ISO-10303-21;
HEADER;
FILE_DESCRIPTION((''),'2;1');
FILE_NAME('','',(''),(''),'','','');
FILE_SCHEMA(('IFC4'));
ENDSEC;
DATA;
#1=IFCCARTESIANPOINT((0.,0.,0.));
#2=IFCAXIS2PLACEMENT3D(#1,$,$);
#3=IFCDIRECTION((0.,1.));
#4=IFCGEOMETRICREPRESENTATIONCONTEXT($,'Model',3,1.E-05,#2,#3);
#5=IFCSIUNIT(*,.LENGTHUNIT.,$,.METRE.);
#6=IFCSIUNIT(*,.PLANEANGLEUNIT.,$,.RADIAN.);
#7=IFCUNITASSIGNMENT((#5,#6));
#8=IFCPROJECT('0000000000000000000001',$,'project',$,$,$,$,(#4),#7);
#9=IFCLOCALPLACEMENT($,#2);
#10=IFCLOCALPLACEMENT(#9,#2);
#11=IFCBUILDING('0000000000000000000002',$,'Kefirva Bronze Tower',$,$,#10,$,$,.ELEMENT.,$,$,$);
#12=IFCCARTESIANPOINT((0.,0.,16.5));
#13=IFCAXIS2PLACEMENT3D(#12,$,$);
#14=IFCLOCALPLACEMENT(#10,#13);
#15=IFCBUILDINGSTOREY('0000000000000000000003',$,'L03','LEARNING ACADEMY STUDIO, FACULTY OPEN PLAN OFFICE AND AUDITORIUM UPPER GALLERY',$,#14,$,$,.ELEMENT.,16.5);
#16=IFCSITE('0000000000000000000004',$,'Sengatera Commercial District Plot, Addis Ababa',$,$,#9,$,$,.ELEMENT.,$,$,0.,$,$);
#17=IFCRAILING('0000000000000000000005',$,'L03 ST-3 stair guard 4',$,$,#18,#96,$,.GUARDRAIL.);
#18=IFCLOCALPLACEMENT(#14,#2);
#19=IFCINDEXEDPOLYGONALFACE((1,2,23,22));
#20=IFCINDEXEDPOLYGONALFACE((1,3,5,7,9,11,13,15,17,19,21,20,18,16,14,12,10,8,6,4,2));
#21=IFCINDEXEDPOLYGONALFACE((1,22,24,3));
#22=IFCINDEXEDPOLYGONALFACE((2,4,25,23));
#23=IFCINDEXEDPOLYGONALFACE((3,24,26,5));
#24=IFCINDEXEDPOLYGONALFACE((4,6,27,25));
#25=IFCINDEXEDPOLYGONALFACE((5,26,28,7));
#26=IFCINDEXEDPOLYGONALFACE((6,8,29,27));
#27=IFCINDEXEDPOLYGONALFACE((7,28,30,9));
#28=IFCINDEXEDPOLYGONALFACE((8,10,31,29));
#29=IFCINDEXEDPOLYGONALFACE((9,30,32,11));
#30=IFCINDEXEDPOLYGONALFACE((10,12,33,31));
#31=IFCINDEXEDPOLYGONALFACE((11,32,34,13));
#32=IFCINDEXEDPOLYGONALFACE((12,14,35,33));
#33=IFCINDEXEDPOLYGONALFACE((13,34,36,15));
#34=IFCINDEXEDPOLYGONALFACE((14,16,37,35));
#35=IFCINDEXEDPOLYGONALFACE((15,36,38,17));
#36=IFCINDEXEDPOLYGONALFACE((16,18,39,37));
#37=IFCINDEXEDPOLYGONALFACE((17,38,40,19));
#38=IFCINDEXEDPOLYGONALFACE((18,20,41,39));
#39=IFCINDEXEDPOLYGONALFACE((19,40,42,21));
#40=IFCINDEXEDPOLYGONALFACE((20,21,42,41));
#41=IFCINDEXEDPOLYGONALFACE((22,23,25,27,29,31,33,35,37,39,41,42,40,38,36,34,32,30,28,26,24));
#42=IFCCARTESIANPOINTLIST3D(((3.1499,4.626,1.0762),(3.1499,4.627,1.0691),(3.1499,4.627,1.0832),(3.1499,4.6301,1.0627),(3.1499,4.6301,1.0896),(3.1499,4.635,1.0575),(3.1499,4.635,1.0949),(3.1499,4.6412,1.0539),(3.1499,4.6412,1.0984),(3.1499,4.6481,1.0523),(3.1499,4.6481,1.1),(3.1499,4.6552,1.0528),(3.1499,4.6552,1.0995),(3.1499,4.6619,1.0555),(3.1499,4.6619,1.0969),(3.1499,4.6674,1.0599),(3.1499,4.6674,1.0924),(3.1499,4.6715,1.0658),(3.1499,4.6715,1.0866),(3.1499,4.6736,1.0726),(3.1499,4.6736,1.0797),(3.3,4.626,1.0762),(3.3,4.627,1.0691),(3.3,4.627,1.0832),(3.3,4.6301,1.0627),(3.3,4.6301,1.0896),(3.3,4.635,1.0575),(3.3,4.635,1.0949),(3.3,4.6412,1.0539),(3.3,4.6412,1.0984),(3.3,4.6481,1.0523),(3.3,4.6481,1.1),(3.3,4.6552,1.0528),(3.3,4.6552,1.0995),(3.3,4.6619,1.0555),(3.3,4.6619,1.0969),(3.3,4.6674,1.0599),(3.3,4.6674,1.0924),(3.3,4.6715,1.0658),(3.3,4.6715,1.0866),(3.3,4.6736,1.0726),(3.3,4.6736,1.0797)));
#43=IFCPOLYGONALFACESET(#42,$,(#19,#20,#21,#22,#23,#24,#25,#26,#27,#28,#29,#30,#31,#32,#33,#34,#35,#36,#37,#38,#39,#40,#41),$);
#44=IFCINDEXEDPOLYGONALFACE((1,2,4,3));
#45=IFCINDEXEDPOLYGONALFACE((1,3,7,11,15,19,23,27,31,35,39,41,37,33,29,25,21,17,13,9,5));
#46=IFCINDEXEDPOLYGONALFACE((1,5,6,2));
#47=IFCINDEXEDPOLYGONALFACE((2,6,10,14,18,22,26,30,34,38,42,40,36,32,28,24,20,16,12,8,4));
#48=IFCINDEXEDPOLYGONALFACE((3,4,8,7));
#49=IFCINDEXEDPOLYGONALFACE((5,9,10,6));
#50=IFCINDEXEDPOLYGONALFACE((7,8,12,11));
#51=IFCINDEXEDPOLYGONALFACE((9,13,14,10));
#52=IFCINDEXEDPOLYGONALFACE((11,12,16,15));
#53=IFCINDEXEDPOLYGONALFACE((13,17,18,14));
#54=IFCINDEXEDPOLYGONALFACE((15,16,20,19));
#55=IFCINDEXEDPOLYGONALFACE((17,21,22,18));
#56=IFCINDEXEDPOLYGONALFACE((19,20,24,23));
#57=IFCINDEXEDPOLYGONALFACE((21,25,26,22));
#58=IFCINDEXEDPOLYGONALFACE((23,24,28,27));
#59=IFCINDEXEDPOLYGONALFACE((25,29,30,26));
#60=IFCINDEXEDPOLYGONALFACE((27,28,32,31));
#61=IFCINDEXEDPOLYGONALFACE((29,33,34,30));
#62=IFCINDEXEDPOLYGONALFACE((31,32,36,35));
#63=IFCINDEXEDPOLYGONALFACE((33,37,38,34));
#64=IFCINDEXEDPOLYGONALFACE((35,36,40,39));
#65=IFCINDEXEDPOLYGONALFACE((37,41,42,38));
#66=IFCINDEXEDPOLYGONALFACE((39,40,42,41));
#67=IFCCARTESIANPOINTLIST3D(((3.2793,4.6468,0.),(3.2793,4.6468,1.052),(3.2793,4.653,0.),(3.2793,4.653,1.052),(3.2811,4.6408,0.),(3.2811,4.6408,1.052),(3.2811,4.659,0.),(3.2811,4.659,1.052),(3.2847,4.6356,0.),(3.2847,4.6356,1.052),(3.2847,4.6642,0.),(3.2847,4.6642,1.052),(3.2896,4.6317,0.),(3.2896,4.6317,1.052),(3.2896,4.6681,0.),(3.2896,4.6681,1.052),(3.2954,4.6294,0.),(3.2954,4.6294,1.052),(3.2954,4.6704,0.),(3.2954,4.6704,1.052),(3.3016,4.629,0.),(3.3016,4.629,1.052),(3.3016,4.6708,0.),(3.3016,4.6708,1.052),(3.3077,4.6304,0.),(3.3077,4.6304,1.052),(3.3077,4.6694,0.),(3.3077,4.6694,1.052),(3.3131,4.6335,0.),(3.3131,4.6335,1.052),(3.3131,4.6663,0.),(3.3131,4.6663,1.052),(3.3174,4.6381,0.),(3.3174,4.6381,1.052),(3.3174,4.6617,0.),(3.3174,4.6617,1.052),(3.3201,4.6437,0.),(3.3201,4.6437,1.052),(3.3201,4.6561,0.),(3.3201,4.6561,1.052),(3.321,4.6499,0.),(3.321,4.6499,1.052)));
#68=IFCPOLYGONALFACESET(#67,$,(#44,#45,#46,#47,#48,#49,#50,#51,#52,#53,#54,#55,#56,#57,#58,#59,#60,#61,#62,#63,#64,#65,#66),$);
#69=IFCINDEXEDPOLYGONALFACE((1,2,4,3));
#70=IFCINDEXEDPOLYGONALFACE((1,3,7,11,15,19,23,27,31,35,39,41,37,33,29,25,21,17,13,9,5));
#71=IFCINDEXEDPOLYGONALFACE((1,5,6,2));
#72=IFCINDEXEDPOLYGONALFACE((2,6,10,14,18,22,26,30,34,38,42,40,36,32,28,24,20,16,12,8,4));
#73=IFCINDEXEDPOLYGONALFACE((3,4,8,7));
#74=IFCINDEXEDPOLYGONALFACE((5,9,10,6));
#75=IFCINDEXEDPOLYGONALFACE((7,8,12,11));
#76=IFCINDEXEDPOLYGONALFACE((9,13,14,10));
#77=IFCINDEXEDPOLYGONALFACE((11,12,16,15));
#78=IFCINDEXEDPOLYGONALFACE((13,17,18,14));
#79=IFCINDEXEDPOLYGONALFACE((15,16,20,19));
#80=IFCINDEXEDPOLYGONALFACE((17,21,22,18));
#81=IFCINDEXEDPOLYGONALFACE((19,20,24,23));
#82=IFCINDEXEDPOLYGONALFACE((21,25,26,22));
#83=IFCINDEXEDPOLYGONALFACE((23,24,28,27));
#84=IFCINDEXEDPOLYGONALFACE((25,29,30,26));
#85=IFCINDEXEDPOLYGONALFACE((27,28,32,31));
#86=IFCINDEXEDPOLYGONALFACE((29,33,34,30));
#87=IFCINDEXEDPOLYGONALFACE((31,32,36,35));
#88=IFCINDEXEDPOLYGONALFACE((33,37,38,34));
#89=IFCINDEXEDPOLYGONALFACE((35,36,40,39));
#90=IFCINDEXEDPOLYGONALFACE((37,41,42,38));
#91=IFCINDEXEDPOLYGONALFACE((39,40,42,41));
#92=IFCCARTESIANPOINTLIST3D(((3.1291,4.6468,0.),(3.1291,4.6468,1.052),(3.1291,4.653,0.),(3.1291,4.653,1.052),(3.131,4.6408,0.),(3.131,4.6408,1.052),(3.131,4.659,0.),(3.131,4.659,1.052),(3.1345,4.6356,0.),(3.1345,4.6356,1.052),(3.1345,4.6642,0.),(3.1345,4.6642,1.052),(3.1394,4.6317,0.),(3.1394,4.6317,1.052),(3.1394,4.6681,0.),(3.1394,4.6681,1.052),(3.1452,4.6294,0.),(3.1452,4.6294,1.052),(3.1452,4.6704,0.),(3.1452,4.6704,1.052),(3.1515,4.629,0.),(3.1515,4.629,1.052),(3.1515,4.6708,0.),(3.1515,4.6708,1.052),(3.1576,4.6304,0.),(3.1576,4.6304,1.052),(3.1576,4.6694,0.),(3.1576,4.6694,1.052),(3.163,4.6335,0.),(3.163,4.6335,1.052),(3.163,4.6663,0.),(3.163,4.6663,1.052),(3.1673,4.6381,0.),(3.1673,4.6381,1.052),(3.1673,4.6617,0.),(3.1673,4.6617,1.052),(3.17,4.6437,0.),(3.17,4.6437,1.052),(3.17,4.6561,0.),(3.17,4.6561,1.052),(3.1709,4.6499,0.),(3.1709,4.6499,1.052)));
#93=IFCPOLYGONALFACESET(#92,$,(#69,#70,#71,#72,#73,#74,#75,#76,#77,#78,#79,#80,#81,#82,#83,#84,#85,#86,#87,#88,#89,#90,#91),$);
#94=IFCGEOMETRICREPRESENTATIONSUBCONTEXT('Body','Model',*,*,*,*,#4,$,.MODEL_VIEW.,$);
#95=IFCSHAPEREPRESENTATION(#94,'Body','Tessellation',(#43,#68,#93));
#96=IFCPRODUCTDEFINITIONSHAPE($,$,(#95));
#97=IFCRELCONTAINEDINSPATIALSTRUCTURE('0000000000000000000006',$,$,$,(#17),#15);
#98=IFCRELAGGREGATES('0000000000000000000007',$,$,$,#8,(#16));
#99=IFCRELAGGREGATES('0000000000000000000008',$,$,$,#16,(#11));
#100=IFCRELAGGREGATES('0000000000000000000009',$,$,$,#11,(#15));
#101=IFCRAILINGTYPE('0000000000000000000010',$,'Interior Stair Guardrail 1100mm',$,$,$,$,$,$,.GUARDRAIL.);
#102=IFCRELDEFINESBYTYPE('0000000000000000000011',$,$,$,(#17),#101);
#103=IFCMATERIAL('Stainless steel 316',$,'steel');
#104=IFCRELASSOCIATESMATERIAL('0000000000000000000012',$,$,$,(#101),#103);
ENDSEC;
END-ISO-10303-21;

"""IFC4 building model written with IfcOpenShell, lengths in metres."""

from ifc_helpers import new_model, si_unit, direction, frame, origin, origin_2d, place, context, subcontext, project, spatial, circle, extrude, material, type_object, element, save


model = new_model("IFC4")

# Units and contexts
model_context = context("Model", 3, precision=1e-05, world=origin(), true_north=direction((0.0, 1.0)))
body_context = subcontext(model_context, "Body", "Model", "MODEL_VIEW")
ifc_project = project(units=[si_unit("LENGTHUNIT", "METRE"), si_unit("PLANEANGLEUNIT", "RADIAN")], contexts=[model_context])

# Site, building, storey
site_placement = place(None, origin())
site = spatial("IfcSite", under=ifc_project, at=site_placement, Name="Sengatera Commercial District Plot, Addis Ababa", CompositionType="ELEMENT", RefElevation=0.0)
building_placement = place(site_placement, origin())
building = spatial("IfcBuilding", under=site, at=building_placement, Name="Kefirva Bronze Tower", CompositionType="ELEMENT")
storey_placement = place(building_placement, frame((0.0, 0.0, 16.5)))
storey = spatial("IfcBuildingStorey", under=building, at=storey_placement, Name="L03", Description="LEARNING ACADEMY STUDIO, FACULTY OPEN PLAN OFFICE AND AUDITORIUM UPPER GALLERY", CompositionType="ELEMENT", Elevation=16.5)

# Railing
ifc_material_1 = material(Name="Stainless steel 316", Category="steel")
railing_type_1 = type_object("IfcRailingType", Name="Interior Stair Guardrail 1100mm", PredefinedType="GUARDRAIL", material=ifc_material_1)
railing_1_placement = place(storey_placement, frame((3.3, 4.6499, 0.0)))
element("IfcRailing", 1, at=railing_1_placement, inside=storey, type_object=railing_type_1, Name="L03 ST-3 stair guard 4", PredefinedType="GUARDRAIL", context=body_context, shape_type="SweptSolid", body=[
    extrude(circle(Radius=0.0239, at=origin_2d()), frame((0.0, 0.0, 1.0762), z_axis=(-1.0, 0.0, 0.0), x_axis=(0.0, -1.0, 0.0)), (0.0, 0.0, 1.0), 0.1501),
    extrude(circle(Radius=0.021, at=origin_2d()), origin(), (0.0, 0.0, 1.0), 1.052),
    extrude(circle(Radius=0.021, at=origin_2d()), frame((-0.1501, 0.0, 0.0)), (0.0, 0.0, 1.0), 1.052),
])

save(model, "model.ifc")
